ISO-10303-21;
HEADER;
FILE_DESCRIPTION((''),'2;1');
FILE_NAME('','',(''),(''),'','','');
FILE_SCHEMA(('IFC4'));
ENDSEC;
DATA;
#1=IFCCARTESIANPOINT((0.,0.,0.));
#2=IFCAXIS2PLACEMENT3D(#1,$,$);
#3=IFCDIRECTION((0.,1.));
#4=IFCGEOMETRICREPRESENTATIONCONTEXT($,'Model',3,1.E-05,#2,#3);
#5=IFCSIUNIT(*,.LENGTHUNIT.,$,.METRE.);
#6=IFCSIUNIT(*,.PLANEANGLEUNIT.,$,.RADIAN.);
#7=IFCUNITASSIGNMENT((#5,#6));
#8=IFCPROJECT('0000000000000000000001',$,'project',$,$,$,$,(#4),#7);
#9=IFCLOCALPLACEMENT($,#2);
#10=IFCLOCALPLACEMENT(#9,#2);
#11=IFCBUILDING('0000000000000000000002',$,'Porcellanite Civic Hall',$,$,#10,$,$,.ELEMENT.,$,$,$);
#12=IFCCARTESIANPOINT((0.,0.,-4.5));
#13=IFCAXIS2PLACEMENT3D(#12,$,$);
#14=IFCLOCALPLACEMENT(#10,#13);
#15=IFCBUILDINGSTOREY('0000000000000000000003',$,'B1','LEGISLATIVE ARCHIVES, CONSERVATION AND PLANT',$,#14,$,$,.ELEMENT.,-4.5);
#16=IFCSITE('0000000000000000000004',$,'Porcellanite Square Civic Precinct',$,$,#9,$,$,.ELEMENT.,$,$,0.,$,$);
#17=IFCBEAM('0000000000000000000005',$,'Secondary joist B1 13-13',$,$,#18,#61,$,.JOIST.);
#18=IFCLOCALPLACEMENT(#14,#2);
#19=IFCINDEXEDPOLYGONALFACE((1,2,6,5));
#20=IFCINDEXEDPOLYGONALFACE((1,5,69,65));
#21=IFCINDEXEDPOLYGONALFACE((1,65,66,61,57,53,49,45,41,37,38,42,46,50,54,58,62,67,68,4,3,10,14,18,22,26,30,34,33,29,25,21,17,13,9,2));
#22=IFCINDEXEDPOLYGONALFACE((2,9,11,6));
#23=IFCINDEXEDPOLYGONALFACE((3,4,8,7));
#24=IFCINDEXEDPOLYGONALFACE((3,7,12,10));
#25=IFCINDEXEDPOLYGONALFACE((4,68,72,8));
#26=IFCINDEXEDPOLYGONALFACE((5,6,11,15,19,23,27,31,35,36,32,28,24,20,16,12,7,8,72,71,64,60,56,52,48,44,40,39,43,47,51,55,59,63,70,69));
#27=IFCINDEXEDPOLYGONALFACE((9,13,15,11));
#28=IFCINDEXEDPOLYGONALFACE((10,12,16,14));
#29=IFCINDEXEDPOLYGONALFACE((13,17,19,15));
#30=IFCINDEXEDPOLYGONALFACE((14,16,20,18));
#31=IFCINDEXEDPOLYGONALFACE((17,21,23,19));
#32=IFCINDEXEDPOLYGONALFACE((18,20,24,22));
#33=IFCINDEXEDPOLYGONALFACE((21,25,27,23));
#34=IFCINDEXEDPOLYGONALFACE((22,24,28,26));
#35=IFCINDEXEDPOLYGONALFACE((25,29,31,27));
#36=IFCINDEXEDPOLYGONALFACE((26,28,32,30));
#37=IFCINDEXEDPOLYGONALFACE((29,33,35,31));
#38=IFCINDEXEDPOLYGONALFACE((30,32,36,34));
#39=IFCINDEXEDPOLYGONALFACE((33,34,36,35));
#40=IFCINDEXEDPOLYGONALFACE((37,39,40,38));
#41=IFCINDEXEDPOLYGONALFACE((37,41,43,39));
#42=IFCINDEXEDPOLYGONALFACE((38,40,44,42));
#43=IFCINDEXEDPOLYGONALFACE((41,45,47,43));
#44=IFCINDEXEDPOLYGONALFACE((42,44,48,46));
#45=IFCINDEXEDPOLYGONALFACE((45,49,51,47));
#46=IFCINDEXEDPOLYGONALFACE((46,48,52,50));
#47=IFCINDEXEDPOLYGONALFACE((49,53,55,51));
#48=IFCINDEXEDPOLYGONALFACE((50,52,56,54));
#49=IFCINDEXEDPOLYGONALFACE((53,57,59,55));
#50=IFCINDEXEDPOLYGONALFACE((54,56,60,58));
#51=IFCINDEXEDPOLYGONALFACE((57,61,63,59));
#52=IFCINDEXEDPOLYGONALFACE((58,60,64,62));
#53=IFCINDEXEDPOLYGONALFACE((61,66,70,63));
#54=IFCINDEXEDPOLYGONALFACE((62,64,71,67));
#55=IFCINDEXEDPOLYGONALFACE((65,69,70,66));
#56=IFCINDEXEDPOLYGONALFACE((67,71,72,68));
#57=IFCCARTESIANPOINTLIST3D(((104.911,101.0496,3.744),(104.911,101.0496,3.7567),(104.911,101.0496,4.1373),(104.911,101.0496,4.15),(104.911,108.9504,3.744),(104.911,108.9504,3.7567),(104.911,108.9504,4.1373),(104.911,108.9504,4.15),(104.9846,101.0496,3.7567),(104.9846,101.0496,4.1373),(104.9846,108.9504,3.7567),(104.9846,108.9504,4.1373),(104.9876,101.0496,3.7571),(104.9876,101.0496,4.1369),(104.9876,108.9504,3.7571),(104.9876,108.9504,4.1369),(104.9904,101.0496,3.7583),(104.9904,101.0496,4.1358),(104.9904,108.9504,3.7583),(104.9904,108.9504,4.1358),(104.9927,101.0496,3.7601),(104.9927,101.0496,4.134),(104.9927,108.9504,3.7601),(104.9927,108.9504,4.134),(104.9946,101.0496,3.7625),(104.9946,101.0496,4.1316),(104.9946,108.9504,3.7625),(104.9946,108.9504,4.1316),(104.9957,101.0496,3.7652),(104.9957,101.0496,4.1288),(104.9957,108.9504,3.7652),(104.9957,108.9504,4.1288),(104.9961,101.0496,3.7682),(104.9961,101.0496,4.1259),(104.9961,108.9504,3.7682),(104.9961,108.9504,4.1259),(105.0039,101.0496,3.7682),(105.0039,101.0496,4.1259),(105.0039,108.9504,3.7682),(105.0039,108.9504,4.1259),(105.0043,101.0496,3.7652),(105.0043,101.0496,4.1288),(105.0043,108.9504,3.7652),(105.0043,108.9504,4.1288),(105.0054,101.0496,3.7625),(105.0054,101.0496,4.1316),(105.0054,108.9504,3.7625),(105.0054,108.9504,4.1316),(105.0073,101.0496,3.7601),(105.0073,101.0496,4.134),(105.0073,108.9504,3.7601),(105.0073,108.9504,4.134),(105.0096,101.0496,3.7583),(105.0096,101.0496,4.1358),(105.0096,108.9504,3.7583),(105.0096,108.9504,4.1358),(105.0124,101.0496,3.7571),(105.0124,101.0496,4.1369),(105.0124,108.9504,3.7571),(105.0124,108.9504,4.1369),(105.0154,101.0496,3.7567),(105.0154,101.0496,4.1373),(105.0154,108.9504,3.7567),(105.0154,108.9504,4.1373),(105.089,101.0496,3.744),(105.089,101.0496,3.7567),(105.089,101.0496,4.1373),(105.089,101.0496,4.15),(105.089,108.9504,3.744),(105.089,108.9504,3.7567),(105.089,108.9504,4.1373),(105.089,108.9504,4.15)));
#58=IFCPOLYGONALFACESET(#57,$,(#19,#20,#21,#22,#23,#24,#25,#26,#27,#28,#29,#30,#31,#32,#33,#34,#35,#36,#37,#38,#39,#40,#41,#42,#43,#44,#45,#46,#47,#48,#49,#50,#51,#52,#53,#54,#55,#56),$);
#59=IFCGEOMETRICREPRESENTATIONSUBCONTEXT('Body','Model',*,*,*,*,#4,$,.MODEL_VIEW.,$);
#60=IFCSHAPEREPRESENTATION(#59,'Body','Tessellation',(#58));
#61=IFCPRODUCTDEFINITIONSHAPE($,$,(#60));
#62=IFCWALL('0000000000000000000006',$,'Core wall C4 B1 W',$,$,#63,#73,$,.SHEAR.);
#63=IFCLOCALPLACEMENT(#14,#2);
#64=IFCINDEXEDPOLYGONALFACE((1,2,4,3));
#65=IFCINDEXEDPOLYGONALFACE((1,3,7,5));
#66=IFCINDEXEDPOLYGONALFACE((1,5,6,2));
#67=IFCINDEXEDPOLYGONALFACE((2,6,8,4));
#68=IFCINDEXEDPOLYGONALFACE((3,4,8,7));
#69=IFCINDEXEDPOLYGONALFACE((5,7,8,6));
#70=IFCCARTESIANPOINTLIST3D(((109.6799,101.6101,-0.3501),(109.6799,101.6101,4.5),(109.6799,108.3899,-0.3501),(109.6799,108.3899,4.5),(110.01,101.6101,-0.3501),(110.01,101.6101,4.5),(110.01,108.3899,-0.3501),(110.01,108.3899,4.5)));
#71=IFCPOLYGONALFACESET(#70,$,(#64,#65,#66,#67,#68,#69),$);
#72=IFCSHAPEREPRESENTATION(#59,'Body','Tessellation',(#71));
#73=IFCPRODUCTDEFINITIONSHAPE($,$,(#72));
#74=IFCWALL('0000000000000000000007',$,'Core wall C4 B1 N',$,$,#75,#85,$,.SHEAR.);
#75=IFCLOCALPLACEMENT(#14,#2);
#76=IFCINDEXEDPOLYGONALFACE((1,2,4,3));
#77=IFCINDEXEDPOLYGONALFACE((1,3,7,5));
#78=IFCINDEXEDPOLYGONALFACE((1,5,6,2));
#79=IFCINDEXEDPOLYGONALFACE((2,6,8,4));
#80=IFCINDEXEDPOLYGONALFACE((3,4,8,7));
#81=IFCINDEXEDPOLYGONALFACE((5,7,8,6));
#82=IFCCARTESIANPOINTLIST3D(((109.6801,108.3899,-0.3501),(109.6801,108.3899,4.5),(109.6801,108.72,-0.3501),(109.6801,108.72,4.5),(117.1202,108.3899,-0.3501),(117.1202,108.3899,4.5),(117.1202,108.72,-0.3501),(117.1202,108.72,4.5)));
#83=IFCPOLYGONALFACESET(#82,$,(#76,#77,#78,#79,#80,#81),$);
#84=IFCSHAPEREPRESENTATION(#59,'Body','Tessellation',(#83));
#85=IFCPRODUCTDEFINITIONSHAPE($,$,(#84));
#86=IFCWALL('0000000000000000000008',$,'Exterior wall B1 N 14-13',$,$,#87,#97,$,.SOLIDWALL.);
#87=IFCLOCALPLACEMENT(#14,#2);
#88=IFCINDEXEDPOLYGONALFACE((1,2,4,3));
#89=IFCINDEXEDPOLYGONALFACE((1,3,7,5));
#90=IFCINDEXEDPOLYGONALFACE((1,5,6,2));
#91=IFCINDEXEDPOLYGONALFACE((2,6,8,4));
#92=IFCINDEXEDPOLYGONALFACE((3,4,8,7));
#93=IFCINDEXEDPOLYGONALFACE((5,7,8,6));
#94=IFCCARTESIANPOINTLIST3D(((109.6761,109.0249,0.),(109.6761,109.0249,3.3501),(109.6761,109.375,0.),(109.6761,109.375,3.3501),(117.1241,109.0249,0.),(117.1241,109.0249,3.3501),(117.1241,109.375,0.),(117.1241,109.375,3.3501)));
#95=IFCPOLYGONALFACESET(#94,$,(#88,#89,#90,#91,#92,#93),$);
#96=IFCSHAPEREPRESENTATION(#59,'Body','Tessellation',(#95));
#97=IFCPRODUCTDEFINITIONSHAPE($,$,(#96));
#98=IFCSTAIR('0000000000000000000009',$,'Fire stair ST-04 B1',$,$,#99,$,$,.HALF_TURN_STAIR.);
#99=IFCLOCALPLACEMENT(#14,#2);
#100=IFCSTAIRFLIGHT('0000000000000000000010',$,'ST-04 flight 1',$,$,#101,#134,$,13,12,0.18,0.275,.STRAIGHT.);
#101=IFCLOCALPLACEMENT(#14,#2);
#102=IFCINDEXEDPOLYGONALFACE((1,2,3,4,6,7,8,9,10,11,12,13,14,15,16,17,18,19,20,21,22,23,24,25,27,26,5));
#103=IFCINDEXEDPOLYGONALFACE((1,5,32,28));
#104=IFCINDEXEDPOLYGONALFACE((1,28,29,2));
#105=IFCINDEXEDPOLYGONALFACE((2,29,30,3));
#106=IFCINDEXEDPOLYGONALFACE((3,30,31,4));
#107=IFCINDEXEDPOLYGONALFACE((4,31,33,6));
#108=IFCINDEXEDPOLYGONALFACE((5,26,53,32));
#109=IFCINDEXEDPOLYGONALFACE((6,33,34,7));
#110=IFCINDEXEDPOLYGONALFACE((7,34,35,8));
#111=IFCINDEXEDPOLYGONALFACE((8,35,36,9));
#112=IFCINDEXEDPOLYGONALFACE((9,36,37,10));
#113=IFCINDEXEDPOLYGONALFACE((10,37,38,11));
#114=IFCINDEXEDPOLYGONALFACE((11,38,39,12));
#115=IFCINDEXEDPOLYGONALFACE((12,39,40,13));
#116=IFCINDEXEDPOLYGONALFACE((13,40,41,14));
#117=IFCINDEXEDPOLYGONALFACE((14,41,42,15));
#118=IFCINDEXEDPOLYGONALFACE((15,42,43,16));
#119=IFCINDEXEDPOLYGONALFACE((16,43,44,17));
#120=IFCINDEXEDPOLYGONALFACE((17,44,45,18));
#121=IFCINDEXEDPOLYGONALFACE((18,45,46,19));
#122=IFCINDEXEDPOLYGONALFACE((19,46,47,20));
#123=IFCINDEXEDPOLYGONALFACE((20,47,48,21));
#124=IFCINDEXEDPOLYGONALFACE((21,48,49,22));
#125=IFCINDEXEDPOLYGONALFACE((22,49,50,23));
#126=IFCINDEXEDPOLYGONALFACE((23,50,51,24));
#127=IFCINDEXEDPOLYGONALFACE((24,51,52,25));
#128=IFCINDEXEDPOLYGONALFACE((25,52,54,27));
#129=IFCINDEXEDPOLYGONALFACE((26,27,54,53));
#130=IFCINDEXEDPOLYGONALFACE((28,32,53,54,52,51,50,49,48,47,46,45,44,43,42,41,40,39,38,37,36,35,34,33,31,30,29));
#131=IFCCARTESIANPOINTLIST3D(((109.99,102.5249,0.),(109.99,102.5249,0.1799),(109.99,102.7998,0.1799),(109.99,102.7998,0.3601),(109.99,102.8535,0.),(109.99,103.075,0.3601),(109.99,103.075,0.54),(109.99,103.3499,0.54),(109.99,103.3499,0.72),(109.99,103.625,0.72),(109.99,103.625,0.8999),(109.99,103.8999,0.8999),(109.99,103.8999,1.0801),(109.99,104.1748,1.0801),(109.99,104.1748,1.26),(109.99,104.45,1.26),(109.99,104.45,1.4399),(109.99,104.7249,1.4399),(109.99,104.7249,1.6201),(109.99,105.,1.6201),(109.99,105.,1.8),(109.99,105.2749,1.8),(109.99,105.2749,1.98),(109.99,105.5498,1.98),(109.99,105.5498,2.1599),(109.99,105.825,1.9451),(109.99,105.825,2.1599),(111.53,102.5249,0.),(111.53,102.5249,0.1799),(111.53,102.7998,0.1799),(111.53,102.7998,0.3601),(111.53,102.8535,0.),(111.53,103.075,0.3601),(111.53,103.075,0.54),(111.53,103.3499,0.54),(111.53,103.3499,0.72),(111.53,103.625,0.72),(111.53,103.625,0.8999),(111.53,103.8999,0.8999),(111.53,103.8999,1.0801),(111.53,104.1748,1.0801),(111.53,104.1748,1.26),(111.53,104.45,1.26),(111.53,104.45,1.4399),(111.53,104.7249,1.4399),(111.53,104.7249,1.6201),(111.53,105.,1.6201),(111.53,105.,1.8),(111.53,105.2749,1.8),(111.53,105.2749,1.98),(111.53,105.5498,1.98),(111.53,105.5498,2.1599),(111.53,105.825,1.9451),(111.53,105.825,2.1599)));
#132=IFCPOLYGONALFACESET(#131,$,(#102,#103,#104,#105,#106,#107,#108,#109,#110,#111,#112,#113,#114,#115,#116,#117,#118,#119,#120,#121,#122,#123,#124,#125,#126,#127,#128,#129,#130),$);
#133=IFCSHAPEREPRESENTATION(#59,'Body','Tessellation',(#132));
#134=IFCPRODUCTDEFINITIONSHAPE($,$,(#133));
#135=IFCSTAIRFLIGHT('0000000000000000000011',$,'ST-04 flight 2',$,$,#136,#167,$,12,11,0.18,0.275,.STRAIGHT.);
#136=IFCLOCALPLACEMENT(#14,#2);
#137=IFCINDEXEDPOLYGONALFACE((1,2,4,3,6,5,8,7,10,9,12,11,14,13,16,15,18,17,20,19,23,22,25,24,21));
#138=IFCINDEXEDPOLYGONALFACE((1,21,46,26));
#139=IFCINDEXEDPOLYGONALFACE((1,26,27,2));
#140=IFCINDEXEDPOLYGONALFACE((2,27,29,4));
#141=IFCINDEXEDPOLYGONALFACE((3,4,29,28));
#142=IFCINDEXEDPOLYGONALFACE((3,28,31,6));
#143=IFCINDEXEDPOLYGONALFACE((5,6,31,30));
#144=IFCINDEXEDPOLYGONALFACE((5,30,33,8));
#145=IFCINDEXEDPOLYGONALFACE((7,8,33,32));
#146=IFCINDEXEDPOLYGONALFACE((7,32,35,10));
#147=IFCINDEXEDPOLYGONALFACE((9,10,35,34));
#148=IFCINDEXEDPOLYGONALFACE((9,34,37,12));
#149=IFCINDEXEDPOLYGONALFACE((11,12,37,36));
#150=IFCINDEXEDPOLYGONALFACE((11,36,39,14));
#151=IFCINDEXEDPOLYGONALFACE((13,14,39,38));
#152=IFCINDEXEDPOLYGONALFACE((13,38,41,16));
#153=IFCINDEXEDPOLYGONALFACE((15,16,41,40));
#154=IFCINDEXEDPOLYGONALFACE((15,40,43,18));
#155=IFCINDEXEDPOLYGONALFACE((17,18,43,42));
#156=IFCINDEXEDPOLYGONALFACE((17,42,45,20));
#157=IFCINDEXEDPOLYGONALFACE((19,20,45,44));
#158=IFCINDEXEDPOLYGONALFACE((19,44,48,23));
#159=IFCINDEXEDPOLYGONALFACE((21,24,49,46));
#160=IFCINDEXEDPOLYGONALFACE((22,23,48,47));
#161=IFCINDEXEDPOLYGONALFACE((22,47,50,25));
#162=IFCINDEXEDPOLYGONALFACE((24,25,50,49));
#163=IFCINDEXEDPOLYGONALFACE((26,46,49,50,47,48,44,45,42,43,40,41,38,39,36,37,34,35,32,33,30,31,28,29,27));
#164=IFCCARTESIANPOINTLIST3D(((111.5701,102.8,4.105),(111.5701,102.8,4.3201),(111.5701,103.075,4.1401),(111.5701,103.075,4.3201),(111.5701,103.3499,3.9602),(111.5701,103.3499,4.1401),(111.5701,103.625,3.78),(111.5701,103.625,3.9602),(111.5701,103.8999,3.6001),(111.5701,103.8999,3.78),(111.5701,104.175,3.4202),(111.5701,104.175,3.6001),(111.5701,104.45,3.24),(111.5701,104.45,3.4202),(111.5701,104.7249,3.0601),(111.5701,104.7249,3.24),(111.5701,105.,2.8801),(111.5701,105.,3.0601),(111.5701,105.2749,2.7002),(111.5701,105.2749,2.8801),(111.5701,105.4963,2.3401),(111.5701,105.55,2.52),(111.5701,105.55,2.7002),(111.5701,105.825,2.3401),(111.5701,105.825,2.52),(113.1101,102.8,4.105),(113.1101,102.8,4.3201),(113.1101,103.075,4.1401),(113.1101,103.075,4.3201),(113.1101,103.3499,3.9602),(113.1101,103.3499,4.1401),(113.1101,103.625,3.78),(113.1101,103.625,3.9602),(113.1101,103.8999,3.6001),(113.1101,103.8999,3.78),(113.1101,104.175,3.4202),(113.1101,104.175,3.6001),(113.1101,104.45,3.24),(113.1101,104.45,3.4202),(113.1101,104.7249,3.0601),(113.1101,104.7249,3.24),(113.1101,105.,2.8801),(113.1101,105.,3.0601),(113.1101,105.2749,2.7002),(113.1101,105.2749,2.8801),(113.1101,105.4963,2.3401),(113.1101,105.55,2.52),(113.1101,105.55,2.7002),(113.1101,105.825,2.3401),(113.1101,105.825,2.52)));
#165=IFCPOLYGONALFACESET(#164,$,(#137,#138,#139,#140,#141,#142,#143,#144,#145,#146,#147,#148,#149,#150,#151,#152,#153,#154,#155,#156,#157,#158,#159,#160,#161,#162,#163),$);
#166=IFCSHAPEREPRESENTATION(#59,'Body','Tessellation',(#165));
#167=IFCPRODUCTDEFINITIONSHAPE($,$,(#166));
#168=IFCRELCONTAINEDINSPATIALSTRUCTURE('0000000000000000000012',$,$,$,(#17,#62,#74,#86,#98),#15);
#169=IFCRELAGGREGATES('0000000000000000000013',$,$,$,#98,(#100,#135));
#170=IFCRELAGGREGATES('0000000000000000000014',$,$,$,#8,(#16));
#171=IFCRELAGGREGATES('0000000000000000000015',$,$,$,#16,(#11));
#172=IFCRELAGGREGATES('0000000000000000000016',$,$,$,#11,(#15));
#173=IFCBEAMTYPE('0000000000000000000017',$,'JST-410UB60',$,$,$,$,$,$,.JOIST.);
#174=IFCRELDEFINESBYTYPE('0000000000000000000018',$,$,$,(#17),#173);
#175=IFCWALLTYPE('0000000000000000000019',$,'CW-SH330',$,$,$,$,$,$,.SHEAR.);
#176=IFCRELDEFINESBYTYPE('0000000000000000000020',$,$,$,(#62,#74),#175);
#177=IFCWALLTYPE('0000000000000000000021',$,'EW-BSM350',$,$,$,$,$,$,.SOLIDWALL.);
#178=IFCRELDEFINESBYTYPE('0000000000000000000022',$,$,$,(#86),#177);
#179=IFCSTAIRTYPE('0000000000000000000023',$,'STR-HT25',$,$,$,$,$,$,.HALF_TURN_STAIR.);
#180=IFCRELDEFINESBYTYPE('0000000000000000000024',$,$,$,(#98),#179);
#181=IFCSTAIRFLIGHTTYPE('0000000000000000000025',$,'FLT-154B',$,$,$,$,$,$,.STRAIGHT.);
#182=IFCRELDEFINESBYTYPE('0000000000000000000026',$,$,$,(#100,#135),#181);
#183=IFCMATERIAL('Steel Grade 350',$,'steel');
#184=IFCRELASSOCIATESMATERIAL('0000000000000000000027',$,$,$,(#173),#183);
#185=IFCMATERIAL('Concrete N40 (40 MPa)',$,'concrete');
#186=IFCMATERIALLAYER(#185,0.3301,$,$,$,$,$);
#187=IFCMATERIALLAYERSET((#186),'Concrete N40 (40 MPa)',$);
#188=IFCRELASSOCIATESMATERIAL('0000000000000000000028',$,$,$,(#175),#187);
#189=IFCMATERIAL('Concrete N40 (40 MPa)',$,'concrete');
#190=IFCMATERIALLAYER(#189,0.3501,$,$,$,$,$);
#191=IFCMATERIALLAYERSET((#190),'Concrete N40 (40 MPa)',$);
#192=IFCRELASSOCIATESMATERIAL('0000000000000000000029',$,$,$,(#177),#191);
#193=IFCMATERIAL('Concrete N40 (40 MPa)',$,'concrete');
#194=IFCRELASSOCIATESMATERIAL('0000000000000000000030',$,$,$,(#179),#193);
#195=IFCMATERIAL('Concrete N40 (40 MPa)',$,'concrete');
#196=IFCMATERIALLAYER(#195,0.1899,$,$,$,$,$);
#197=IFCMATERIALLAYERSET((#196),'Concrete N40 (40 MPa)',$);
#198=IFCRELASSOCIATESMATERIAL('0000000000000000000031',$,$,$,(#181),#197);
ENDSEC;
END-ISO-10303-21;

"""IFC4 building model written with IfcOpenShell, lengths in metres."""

from ifc_helpers import new_model, si_unit, direction, frame, frame_2d, origin, origin_2d, place, context, subcontext, project, spatial, polyline, rectangle, i_section, outline, extrude, material, layer, layer_set, material_profile, profile_set, type_object, element, aggregate, save


model = new_model("IFC4")

# Units and contexts
model_context = context("Model", 3, precision=1e-05, world=origin(), true_north=direction((0.0, 1.0)))
body_context = subcontext(model_context, "Body", "Model", "MODEL_VIEW")
ifc_project = project(units=[si_unit("LENGTHUNIT", "METRE"), si_unit("PLANEANGLEUNIT", "RADIAN")], contexts=[model_context])

# Site, building, storey
site_placement = place(None, origin())
site = spatial("IfcSite", under=ifc_project, at=site_placement, Name="Porcellanite Square Civic Precinct", CompositionType="ELEMENT", RefElevation=0.0)
building_placement = place(site_placement, origin())
building = spatial("IfcBuilding", under=site, at=building_placement, Name="Porcellanite Civic Hall", CompositionType="ELEMENT")
storey_placement = place(building_placement, frame((0.0, 0.0, -4.5)))
storey = spatial("IfcBuildingStorey", under=building, at=storey_placement, Name="B1", Description="LEGISLATIVE ARCHIVES, CONSERVATION AND PLANT", CompositionType="ELEMENT", Elevation=-4.5)

# Beam
ifc_material_1 = material(Name="Steel Grade 350", Category="steel")
ifc_material_profile_1 = material_profile(ifc_material_1, i_section(OverallWidth=0.178, OverallDepth=0.406, WebThickness=0.0078, FlangeThickness=0.0127, FilletRadius=0.0115, at=origin_2d()), Name="410UB59.7")
ifc_profile_set_1 = profile_set([ifc_material_profile_1], Name="Steel Grade 350")
beam_type_1 = type_object("IfcBeamType", Name="JST-410UB60", PredefinedType="JOIST", material=ifc_profile_set_1)
beam_1_placement = place(storey_placement, frame((105.0, 101.0496, 3.947), z_axis=(0.0, 1.0, 0.0), x_axis=(-1.0, 0.0, 0.0)))
element("IfcBeam", 1, at=beam_1_placement, inside=storey, type_object=beam_type_1, Name="Secondary joist B1 13-13", PredefinedType="JOIST", context=body_context, shape_type="SweptSolid", body=[
    extrude(i_section(OverallWidth=0.178, OverallDepth=0.406, WebThickness=0.0078, FlangeThickness=0.0127, FilletRadius=0.0115, at=origin_2d()), origin(), (0.0, 0.0, 1.0), 7.9009),
])

# Walls
ifc_material_2 = material(Name="Concrete N40 (40 MPa)", Category="concrete")
ifc_layer_1 = layer(ifc_material_2, 0.3301)
ifc_layer_set_1 = layer_set([ifc_layer_1], Name="Concrete N40 (40 MPa)")
wall_type_1 = type_object("IfcWallType", Name="CW-SH330", PredefinedType="SHEAR", material=ifc_layer_set_1)
wall_1_placement = place(storey_placement, frame((109.845, 101.6101, -0.3501), z_axis=(0.0, 0.0, 1.0), x_axis=(0.0, 1.0, 0.0)))
element("IfcWall", 2, at=wall_1_placement, inside=storey, type_object=wall_type_1, Name="Core wall C4 B1 W", PredefinedType="SHEAR", context=body_context, shape_type="SweptSolid", body=[
    extrude(rectangle(XDim=6.7798, YDim=0.3301, at=frame_2d((3.3899, 0.0))), origin(), (0.0, 0.0, 1.0), 4.8501),
])
wall_2_placement = place(storey_placement, frame((109.6799, 108.5549, -0.3501), z_axis=(0.0, 0.0, 1.0), x_axis=(1.0, 0.0, 0.0)))
element("IfcWall", 3, at=wall_2_placement, inside=storey, type_object=wall_type_1, Name="Core wall C4 B1 N", PredefinedType="SHEAR", context=body_context, shape_type="SweptSolid", body=[
    extrude(rectangle(XDim=7.4402, YDim=0.3301, at=frame_2d((3.7202, 0.0))), origin(), (0.0, 0.0, 1.0), 4.8501),
])
ifc_material_3 = material(Name="Concrete N40 (40 MPa)", Category="concrete")
ifc_layer_2 = layer(ifc_material_3, 0.3501)
ifc_layer_set_2 = layer_set([ifc_layer_2], Name="Concrete N40 (40 MPa)")
wall_type_2 = type_object("IfcWallType", Name="EW-BSM350", PredefinedType="SOLIDWALL", material=ifc_layer_set_2)
wall_3_placement = place(storey_placement, frame((109.676, 109.2, 0.0), z_axis=(0.0, 0.0, 1.0), x_axis=(1.0, 0.0, 0.0)))
element("IfcWall", 4, at=wall_3_placement, inside=storey, type_object=wall_type_2, Name="Exterior wall B1 N 14-13", PredefinedType="SOLIDWALL", context=body_context, shape_type="SweptSolid", body=[
    extrude(rectangle(XDim=7.448, YDim=0.3501, at=frame_2d((3.7241, 0.0))), origin(), (0.0, 0.0, 1.0), 3.3501),
])

# Stair, stair flights
ifc_material_4 = material(Name="Concrete N40 (40 MPa)", Category="concrete")
stair_type = type_object("IfcStairType", Name="STR-HT25", PredefinedType="HALF_TURN_STAIR", material=ifc_material_4)
stair_placement = place(storey_placement, origin())
stair = element("IfcStair", 5, at=stair_placement, inside=storey, type_object=stair_type, Name="Fire stair ST-04 B1", PredefinedType="HALF_TURN_STAIR")
ifc_material_5 = material(Name="Concrete N40 (40 MPa)", Category="concrete")
ifc_layer_3 = layer(ifc_material_5, 0.1899)
ifc_layer_set_3 = layer_set([ifc_layer_3], Name="Concrete N40 (40 MPa)")
stair_flight_type = type_object("IfcStairFlightType", Name="FLT-154B", PredefinedType="STRAIGHT", material=ifc_layer_set_3)
stair_flight_1_placement = place(storey_placement, frame((110.76, 102.5249, 0.0), z_axis=(0.0, 0.0, 1.0), x_axis=(0.0, 1.0, 0.0)))
stair_flight_1 = element("IfcStairFlight", 6, at=stair_flight_1_placement, type_object=stair_flight_type, Name="ST-04 flight 1", NumberOfRisers=13, NumberOfTreads=12, PredefinedType="STRAIGHT", RiserHeight=0.18, TreadLength=0.275, context=body_context, shape_type="SweptSolid", body=[
    extrude(outline(polyline([(0.0, 0.0), (0.0, 0.1799), (0.2749, 0.1799), (0.2749, 0.3601), (0.55, 0.3601), (0.55, 0.54), (0.825, 0.54), (0.825, 0.72), (1.1001, 0.72), (1.1001, 0.8999), (1.375, 0.8999), (1.375, 1.0801), (1.6499, 1.0801), (1.6499, 1.26), (1.925, 1.26), (1.925, 1.4399), (2.2, 1.4399), (2.2, 1.6201), (2.4751, 1.6201), (2.4751, 1.8), (2.75, 1.8), (2.75, 1.98), (3.0249, 1.98), (3.0249, 2.1599), (3.3, 2.1599), (3.3, 2.3401), (3.3, 1.9451), (0.3286, 0.0), (0.0, 0.0)])), frame((0.0, 0.77, 0.0), z_axis=(0.0, -1.0, 0.0), x_axis=(1.0, 0.0, 0.0)), (0.0, 0.0, 1.0), 1.54),
])
stair_flight_2_placement = place(storey_placement, frame((112.3401, 105.825, 2.3401), z_axis=(0.0, 0.0, 1.0), x_axis=(0.0, -1.0, 0.0)))
stair_flight_2 = element("IfcStairFlight", 7, at=stair_flight_2_placement, type_object=stair_flight_type, Name="ST-04 flight 2", NumberOfRisers=12, NumberOfTreads=11, PredefinedType="STRAIGHT", RiserHeight=0.18, TreadLength=0.275, context=body_context, shape_type="SweptSolid", body=[
    extrude(outline(polyline([(0.0, 0.0), (0.0, 0.1799), (0.2749, 0.1799), (0.2749, 0.3601), (0.55, 0.3601), (0.55, 0.54), (0.825, 0.54), (0.825, 0.72), (1.1001, 0.72), (1.1001, 0.8999), (1.375, 0.8999), (1.375, 1.0801), (1.6499, 1.0801), (1.6499, 1.26), (1.925, 1.26), (1.925, 1.4399), (2.2, 1.4399), (2.2, 1.6201), (2.4751, 1.6201), (2.4751, 1.8), (2.75, 1.8), (2.75, 1.98), (3.0249, 1.98), (3.0249, 2.1599), (3.0249, 1.7649), (0.3286, 0.0), (0.0, 0.0)])), frame((0.0, 0.77, 0.0), z_axis=(0.0, -1.0, 0.0), x_axis=(1.0, 0.0, 0.0)), (0.0, 0.0, 1.0), 1.54),
])
aggregate(stair, [stair_flight_1, stair_flight_2])

save(model, "model.ifc")
